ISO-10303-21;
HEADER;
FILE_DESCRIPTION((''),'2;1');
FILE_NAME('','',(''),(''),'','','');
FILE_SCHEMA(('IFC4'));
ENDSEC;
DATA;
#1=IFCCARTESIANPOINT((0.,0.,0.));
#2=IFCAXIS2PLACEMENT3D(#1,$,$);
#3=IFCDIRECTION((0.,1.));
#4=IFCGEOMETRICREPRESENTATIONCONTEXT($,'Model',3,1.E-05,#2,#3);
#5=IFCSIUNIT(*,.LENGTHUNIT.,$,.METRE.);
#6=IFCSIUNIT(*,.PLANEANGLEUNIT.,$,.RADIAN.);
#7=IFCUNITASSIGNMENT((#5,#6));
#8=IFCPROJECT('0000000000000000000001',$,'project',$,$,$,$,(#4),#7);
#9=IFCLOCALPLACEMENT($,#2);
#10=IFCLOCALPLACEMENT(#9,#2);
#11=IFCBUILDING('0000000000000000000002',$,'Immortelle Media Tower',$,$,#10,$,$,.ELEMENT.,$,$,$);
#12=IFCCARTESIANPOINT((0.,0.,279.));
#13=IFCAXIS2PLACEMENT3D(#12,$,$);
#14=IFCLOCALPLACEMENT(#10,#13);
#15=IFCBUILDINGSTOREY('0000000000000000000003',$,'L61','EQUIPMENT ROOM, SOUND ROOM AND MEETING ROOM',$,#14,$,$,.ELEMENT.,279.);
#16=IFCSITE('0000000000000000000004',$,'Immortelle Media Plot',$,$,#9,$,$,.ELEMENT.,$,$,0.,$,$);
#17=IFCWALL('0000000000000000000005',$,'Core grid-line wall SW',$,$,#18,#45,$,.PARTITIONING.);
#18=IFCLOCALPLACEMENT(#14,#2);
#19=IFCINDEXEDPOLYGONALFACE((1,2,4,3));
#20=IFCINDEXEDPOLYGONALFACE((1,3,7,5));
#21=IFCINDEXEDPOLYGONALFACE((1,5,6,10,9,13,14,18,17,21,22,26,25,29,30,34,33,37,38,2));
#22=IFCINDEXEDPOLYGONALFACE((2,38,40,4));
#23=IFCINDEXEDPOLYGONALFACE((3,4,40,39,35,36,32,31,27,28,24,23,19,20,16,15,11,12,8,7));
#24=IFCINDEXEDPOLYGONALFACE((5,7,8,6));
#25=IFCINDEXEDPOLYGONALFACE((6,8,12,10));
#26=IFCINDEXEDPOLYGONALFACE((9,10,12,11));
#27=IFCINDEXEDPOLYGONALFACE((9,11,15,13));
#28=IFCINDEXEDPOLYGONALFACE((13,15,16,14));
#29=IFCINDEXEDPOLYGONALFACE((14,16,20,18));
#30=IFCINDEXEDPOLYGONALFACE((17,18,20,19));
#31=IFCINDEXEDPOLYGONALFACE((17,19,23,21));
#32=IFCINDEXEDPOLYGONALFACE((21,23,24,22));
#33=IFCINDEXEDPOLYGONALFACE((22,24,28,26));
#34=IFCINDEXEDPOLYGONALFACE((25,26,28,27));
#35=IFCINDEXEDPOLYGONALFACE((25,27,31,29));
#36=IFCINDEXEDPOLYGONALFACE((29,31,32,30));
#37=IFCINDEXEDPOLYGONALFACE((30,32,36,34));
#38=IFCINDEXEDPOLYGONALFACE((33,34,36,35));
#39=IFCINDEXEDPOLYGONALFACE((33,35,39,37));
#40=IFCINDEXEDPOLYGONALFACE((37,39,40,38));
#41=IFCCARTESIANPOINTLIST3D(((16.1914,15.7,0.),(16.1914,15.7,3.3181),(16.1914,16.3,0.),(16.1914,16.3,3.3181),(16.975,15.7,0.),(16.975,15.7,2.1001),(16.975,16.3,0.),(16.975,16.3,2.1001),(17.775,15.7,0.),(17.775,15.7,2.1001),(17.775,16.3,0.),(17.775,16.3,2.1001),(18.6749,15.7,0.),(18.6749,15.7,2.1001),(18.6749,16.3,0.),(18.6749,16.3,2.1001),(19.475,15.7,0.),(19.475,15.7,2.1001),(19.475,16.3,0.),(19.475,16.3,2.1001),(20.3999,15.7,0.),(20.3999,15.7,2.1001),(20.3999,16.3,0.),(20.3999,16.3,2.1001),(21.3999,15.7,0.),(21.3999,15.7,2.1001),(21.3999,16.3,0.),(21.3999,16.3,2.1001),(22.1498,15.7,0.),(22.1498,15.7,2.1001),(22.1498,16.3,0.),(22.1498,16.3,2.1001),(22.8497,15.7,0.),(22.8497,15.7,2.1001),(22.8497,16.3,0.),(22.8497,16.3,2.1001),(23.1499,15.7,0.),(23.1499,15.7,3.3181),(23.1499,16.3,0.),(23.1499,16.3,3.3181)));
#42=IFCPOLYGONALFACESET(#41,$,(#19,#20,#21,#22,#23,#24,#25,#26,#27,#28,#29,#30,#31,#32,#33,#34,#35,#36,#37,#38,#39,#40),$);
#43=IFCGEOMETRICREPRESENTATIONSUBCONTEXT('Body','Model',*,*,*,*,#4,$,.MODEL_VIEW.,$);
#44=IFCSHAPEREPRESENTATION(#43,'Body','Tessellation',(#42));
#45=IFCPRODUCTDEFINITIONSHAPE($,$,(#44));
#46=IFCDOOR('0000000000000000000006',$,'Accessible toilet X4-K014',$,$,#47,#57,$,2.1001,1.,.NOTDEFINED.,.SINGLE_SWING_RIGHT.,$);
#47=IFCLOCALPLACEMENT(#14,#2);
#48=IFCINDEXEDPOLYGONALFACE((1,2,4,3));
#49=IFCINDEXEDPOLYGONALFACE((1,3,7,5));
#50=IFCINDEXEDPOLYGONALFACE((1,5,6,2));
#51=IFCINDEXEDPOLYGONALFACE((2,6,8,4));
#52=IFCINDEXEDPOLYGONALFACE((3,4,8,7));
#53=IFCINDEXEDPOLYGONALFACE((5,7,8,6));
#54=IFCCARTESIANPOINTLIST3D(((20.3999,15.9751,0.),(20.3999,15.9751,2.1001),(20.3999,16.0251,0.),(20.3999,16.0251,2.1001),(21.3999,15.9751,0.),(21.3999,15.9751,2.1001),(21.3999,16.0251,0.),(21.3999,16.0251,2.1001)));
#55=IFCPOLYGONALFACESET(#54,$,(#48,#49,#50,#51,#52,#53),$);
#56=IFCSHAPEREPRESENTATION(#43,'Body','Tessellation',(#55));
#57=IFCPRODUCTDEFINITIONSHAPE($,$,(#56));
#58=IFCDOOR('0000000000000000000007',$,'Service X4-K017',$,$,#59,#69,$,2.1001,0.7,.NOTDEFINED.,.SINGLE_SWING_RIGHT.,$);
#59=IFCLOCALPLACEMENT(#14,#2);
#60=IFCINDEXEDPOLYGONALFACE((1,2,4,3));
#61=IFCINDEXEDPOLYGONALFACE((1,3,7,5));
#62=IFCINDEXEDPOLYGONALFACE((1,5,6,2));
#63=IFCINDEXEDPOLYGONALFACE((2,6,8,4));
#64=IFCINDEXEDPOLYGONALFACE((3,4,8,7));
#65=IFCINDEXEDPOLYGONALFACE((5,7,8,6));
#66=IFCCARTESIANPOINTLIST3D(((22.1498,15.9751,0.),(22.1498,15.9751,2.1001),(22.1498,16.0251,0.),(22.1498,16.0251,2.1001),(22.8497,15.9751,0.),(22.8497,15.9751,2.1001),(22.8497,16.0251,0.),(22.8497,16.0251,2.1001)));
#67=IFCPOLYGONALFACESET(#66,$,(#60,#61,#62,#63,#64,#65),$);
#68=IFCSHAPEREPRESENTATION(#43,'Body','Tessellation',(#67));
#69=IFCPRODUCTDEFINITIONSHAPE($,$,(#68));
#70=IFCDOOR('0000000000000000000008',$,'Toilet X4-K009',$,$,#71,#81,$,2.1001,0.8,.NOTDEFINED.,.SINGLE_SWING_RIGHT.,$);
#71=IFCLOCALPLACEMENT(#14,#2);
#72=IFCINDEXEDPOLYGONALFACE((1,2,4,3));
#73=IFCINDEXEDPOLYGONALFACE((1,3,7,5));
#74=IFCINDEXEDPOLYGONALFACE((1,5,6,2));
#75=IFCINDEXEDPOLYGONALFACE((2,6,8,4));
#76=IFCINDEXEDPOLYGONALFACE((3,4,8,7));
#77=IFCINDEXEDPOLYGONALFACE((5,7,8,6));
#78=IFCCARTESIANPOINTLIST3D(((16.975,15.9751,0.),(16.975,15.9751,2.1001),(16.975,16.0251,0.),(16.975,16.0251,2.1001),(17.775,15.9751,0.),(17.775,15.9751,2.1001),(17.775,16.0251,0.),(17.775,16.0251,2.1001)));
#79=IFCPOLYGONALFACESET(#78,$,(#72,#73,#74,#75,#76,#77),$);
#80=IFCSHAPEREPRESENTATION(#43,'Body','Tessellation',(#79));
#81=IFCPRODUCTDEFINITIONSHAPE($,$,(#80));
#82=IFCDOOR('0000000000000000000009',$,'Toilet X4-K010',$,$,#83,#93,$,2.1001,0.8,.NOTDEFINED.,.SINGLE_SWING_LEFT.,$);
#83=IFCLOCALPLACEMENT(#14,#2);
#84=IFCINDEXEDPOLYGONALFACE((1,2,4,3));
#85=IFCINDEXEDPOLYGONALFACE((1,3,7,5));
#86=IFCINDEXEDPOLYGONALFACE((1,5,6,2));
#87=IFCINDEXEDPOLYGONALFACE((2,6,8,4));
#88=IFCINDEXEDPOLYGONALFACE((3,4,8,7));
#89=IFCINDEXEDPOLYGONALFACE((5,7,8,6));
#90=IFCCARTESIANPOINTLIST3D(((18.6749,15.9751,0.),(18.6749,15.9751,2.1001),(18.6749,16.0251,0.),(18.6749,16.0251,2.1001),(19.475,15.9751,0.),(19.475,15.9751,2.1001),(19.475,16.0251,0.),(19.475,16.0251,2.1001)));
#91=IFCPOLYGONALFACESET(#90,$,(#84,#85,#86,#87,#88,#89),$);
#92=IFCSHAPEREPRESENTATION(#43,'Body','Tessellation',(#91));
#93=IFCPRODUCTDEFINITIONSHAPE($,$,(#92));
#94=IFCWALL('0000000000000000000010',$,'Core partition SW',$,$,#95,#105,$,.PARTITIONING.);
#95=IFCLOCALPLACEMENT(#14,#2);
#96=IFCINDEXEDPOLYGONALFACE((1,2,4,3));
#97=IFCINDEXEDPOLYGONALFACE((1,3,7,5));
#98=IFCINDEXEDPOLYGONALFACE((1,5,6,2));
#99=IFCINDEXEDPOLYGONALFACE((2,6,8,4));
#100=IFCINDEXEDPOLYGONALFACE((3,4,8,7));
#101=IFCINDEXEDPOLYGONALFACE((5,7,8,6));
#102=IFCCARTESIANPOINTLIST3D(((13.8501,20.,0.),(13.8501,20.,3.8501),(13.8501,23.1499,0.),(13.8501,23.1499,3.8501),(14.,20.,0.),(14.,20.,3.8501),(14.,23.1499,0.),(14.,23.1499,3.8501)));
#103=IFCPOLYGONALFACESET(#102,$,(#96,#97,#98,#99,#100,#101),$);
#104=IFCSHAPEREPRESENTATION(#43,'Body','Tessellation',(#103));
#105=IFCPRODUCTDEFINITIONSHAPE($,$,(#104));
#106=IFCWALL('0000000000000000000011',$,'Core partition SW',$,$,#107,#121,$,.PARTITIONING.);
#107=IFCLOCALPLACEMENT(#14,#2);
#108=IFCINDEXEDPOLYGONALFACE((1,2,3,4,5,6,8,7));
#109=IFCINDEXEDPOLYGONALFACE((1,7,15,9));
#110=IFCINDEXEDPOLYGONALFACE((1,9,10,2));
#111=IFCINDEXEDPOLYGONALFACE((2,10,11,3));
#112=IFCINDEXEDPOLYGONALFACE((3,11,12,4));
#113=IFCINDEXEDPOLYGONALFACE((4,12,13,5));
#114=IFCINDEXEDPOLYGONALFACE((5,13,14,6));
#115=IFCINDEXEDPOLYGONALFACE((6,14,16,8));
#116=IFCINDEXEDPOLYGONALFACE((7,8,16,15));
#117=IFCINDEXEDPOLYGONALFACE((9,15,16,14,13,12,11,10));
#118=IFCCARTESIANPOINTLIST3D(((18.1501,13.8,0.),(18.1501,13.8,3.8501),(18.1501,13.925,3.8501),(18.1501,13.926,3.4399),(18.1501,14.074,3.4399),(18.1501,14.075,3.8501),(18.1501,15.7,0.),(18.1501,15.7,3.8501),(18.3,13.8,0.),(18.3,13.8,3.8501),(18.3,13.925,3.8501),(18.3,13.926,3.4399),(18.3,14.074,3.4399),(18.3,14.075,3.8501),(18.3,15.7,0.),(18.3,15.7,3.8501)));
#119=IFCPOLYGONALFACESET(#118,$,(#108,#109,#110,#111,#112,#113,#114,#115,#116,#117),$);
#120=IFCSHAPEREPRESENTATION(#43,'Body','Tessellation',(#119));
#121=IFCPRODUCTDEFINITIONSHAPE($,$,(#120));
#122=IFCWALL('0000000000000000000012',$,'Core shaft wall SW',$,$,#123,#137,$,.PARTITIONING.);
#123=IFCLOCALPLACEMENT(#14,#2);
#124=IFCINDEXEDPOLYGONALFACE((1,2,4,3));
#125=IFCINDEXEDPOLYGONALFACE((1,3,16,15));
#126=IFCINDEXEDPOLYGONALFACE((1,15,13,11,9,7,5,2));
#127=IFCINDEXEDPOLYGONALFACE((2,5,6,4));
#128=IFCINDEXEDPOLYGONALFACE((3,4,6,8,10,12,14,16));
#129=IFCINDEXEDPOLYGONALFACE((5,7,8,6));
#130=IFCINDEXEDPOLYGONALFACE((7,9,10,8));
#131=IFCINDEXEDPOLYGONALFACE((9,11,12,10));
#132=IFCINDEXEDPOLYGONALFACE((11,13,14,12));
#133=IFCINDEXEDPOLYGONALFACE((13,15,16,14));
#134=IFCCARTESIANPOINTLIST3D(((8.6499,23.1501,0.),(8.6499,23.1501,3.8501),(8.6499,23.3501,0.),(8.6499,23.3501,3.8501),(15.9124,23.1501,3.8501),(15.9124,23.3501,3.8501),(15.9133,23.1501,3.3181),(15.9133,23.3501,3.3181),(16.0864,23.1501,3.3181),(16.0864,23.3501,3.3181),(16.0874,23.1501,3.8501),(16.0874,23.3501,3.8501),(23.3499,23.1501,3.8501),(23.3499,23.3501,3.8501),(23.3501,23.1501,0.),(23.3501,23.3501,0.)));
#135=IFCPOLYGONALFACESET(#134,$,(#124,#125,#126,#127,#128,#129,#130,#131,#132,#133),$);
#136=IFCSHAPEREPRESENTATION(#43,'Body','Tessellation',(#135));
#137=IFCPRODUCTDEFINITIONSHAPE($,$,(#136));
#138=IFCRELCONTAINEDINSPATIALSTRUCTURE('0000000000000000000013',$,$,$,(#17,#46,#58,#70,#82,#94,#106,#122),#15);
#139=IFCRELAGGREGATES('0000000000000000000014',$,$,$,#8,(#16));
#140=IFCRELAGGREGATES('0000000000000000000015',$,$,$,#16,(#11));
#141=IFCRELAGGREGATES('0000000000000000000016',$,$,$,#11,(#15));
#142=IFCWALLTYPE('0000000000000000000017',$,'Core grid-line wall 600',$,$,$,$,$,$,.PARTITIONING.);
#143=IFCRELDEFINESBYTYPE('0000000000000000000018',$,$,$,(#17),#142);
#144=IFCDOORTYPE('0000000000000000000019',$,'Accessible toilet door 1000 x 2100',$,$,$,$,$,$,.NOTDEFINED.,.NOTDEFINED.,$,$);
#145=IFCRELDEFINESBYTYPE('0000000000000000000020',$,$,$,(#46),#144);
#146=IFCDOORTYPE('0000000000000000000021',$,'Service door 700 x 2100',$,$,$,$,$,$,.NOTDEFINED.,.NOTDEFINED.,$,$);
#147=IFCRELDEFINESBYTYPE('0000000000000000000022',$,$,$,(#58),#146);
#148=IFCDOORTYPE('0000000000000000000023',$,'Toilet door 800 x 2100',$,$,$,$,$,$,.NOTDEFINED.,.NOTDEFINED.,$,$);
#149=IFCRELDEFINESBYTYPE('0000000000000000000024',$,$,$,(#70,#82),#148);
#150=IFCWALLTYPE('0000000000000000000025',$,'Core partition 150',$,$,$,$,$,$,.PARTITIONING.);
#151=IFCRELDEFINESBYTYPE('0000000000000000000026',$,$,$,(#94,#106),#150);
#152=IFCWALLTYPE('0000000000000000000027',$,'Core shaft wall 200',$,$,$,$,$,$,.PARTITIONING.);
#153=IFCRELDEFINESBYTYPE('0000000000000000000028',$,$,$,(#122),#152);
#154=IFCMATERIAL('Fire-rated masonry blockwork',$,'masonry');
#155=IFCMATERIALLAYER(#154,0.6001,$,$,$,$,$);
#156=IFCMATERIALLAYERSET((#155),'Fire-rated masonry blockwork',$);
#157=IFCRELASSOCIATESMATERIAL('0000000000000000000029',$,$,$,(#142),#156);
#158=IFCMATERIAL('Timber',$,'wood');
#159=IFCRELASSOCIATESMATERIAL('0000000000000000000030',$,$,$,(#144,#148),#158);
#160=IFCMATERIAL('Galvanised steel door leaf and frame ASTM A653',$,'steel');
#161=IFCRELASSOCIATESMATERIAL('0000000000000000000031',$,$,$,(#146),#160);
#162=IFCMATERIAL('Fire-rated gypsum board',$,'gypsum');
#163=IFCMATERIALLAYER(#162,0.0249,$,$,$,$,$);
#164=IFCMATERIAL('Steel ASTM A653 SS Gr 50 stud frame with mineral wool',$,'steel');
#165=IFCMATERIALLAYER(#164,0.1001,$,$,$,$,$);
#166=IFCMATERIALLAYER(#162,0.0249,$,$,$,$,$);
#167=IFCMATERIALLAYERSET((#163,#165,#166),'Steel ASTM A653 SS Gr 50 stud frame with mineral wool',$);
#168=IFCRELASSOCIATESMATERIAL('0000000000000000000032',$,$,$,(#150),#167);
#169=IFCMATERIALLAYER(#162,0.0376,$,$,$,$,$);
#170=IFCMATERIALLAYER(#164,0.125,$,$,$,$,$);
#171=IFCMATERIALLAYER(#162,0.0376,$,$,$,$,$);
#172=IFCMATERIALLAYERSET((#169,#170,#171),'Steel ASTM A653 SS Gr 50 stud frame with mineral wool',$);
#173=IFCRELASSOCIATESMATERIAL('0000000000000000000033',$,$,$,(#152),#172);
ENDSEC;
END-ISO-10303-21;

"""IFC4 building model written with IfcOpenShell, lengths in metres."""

from ifc_helpers import new_model, si_unit, direction, frame, frame_2d, origin, place, context, subcontext, project, spatial, polyline, rectangle, outline, extrude, material, layer, layer_set, type_object, element, fill, save


model = new_model("IFC4")

# Units and contexts
model_context = context("Model", 3, precision=1e-05, world=origin(), true_north=direction((0.0, 1.0)))
body_context = subcontext(model_context, "Body", "Model", "MODEL_VIEW")
ifc_project = project(units=[si_unit("LENGTHUNIT", "METRE"), si_unit("PLANEANGLEUNIT", "RADIAN")], contexts=[model_context])

# Site, building, storey
site_placement = place(None, origin())
site = spatial("IfcSite", under=ifc_project, at=site_placement, Name="Immortelle Media Plot", CompositionType="ELEMENT", RefElevation=0.0)
building_placement = place(site_placement, origin())
building = spatial("IfcBuilding", under=site, at=building_placement, Name="Immortelle Media Tower", CompositionType="ELEMENT")
storey_placement = place(building_placement, frame((0.0, 0.0, 279.0)))
storey = spatial("IfcBuildingStorey", under=building, at=storey_placement, Name="L61", Description="EQUIPMENT ROOM, SOUND ROOM AND MEETING ROOM", CompositionType="ELEMENT", Elevation=279.0)

# Wall, openings, doors
ifc_material_1 = material(Name="Fire-rated masonry blockwork", Category="masonry")
ifc_layer_1 = layer(ifc_material_1, 0.6001)
ifc_layer_set_1 = layer_set([ifc_layer_1], Name="Fire-rated masonry blockwork")
wall_type_1 = type_object("IfcWallType", Name="Core grid-line wall 600", PredefinedType="PARTITIONING", material=ifc_layer_set_1)
wall_1_placement = place(storey_placement, frame((16.1914, 16.0, 0.0), z_axis=(0.0, 0.0, 1.0), x_axis=(1.0, 0.0, 0.0)))
wall_1 = element("IfcWall", 1, at=wall_1_placement, inside=storey, type_object=wall_type_1, Name="Core grid-line wall SW", PredefinedType="PARTITIONING", context=body_context, shape_type="SweptSolid", body=[
    extrude(rectangle(XDim=6.9585, YDim=0.6001, at=frame_2d((3.4792, 0.0))), origin(), (0.0, 0.0, 1.0), 3.3181),
])
opening_1_placement = place(wall_1_placement, frame((1.5835, 0.0, 0.0), z_axis=(0.0, 0.0, 1.0), x_axis=(-1.0, 0.0, 0.0)))
opening_1 = element("IfcOpeningElement", 2, at=opening_1_placement, cuts=wall_1, PredefinedType="OPENING", context=body_context, shape_type="SweptSolid", body=[
    extrude(rectangle(XDim=0.8, YDim=2.1001, at=frame_2d((0.3999, 1.05))), frame((0.0, 0.3101, 0.0), z_axis=(0.0, -1.0, 0.0), x_axis=(1.0, 0.0, 0.0)), (0.0, 0.0, 1.0), 0.6201),
])
opening_2_placement = place(wall_1_placement, frame((3.2834, 0.0, 0.0), z_axis=(0.0, 0.0, 1.0), x_axis=(-1.0, 0.0, 0.0)))
opening_2 = element("IfcOpeningElement", 3, at=opening_2_placement, cuts=wall_1, PredefinedType="OPENING", context=body_context, shape_type="SweptSolid", body=[
    extrude(rectangle(XDim=0.8, YDim=2.1001, at=frame_2d((0.3999, 1.05))), frame((0.0, 0.3101, 0.0), z_axis=(0.0, -1.0, 0.0), x_axis=(1.0, 0.0, 0.0)), (0.0, 0.0, 1.0), 0.6201),
])
opening_3_placement = place(wall_1_placement, frame((5.2085, 0.0, 0.0), z_axis=(0.0, 0.0, 1.0), x_axis=(-1.0, 0.0, 0.0)))
opening_3 = element("IfcOpeningElement", 4, at=opening_3_placement, cuts=wall_1, PredefinedType="OPENING", context=body_context, shape_type="SweptSolid", body=[
    extrude(rectangle(XDim=1.0, YDim=2.1001, at=frame_2d((0.5, 1.05))), frame((0.0, 0.3101, 0.0), z_axis=(0.0, -1.0, 0.0), x_axis=(1.0, 0.0, 0.0)), (0.0, 0.0, 1.0), 0.6201),
])
opening_4_placement = place(wall_1_placement, frame((6.6584, 0.0, 0.0), z_axis=(0.0, 0.0, 1.0), x_axis=(-1.0, 0.0, 0.0)))
opening_4 = element("IfcOpeningElement", 5, at=opening_4_placement, cuts=wall_1, PredefinedType="OPENING", context=body_context, shape_type="SweptSolid", body=[
    extrude(rectangle(XDim=0.7, YDim=2.1001, at=frame_2d((0.3501, 1.05))), frame((0.0, 0.3101, 0.0), z_axis=(0.0, -1.0, 0.0), x_axis=(1.0, 0.0, 0.0)), (0.0, 0.0, 1.0), 0.6201),
])
ifc_material_2 = material(Name="Timber", Category="wood")
door_type_1 = type_object("IfcDoorType", Name="Accessible toilet door 1000 x 2100", OperationType="NOTDEFINED", PredefinedType="NOTDEFINED", material=ifc_material_2)
door_1_placement = place(opening_3_placement, origin())
door_1 = element("IfcDoor", 6, at=door_1_placement, inside=storey, type_object=door_type_1, Name="Accessible toilet X4-K014", OperationType="SINGLE_SWING_RIGHT", OverallHeight=2.1001, OverallWidth=1.0, PredefinedType="NOTDEFINED", context=body_context, shape_type="SweptSolid", body=[
    extrude(rectangle(XDim=1.0, YDim=2.1001, at=frame_2d((0.5, 1.05))), frame((0.0, 0.0249, 0.0), z_axis=(0.0, -1.0, 0.0), x_axis=(1.0, 0.0, 0.0)), (0.0, 0.0, 1.0), 0.05),
])
fill(opening_3, door_1)
ifc_material_3 = material(Name="Galvanised steel door leaf and frame ASTM A653", Category="steel")
door_type_2 = type_object("IfcDoorType", Name="Service door 700 x 2100", OperationType="NOTDEFINED", PredefinedType="NOTDEFINED", material=ifc_material_3)
door_2_placement = place(opening_4_placement, origin())
door_2 = element("IfcDoor", 7, at=door_2_placement, inside=storey, type_object=door_type_2, Name="Service X4-K017", OperationType="SINGLE_SWING_RIGHT", OverallHeight=2.1001, OverallWidth=0.7, PredefinedType="NOTDEFINED", context=body_context, shape_type="SweptSolid", body=[
    extrude(rectangle(XDim=0.7, YDim=2.1001, at=frame_2d((0.3501, 1.05))), frame((0.0, 0.0249, 0.0), z_axis=(0.0, -1.0, 0.0), x_axis=(1.0, 0.0, 0.0)), (0.0, 0.0, 1.0), 0.05),
])
fill(opening_4, door_2)
door_type_3 = type_object("IfcDoorType", Name="Toilet door 800 x 2100", OperationType="NOTDEFINED", PredefinedType="NOTDEFINED", material=ifc_material_2)
door_3_placement = place(opening_1_placement, origin())
door_3 = element("IfcDoor", 8, at=door_3_placement, inside=storey, type_object=door_type_3, Name="Toilet X4-K009", OperationType="SINGLE_SWING_RIGHT", OverallHeight=2.1001, OverallWidth=0.8, PredefinedType="NOTDEFINED", context=body_context, shape_type="SweptSolid", body=[
    extrude(rectangle(XDim=0.8, YDim=2.1001, at=frame_2d((0.3999, 1.05))), frame((0.0, 0.0249, 0.0), z_axis=(0.0, -1.0, 0.0), x_axis=(1.0, 0.0, 0.0)), (0.0, 0.0, 1.0), 0.05),
])
fill(opening_1, door_3)
door_4_placement = place(opening_2_placement, origin())
door_4 = element("IfcDoor", 9, at=door_4_placement, inside=storey, type_object=door_type_3, Name="Toilet X4-K010", OperationType="SINGLE_SWING_LEFT", OverallHeight=2.1001, OverallWidth=0.8, PredefinedType="NOTDEFINED", context=body_context, shape_type="SweptSolid", body=[
    extrude(rectangle(XDim=0.8, YDim=2.1001, at=frame_2d((0.3999, 1.05))), frame((0.0, 0.0249, 0.0), z_axis=(0.0, -1.0, 0.0), x_axis=(1.0, 0.0, 0.0)), (0.0, 0.0, 1.0), 0.05),
])
fill(opening_2, door_4)

# Walls
ifc_material_4 = material(Name="Fire-rated gypsum board", Category="gypsum")
ifc_layer_2 = layer(ifc_material_4, 0.0249)
ifc_material_5 = material(Name="Steel ASTM A653 SS Gr 50 stud frame with mineral wool", Category="steel")
ifc_layer_3 = layer(ifc_material_5, 0.1001)
ifc_layer_4 = layer(ifc_material_4, 0.0249)
ifc_layer_set_2 = layer_set([ifc_layer_2, ifc_layer_3, ifc_layer_4], Name="Steel ASTM A653 SS Gr 50 stud frame with mineral wool")
wall_type_2 = type_object("IfcWallType", Name="Core partition 150", PredefinedType="PARTITIONING", material=ifc_layer_set_2)
wall_2_placement = place(storey_placement, frame((13.925, 20.0, 0.0), z_axis=(0.0, 0.0, 1.0), x_axis=(0.0, 1.0, 0.0)))
element("IfcWall", 10, at=wall_2_placement, inside=storey, type_object=wall_type_2, Name="Core partition SW", PredefinedType="PARTITIONING", context=body_context, shape_type="SweptSolid", body=[
    extrude(rectangle(XDim=3.1499, YDim=0.1499, at=frame_2d((1.575, 0.0))), origin(), (0.0, 0.0, 1.0), 3.8501),
])
wall_3_placement = place(storey_placement, frame((18.2251, 13.8, 0.0), z_axis=(0.0, 0.0, 1.0), x_axis=(0.0, 1.0, 0.0)))
element("IfcWall", 11, at=wall_3_placement, inside=storey, type_object=wall_type_2, Name="Core partition SW", PredefinedType="PARTITIONING", context=body_context, shape_type="SweptSolid", body=[
    extrude(outline(polyline([(0.0, 0.0), (1.8999, 0.0), (1.8999, 3.8501), (0.2749, 3.8501), (0.2739, 3.4399), (0.126, 3.4399), (0.125, 3.8501), (0.0, 3.8501), (0.0, 0.0)])), frame((0.0, 0.075, 0.0), z_axis=(0.0, -1.0, 0.0), x_axis=(1.0, 0.0, 0.0)), (0.0, 0.0, 1.0), 0.1499),
])
ifc_layer_5 = layer(ifc_material_4, 0.0376)
ifc_layer_6 = layer(ifc_material_5, 0.125)
ifc_layer_7 = layer(ifc_material_4, 0.0376)
ifc_layer_set_3 = layer_set([ifc_layer_5, ifc_layer_6, ifc_layer_7], Name="Steel ASTM A653 SS Gr 50 stud frame with mineral wool")
wall_type_3 = type_object("IfcWallType", Name="Core shaft wall 200", PredefinedType="PARTITIONING", material=ifc_layer_set_3)
wall_4_placement = place(storey_placement, frame((8.6499, 23.25, 0.0), z_axis=(0.0, 0.0, 1.0), x_axis=(1.0, 0.0, 0.0)))
element("IfcWall", 12, at=wall_4_placement, inside=storey, type_object=wall_type_3, Name="Core shaft wall SW", PredefinedType="PARTITIONING", context=body_context, shape_type="SweptSolid", body=[
    extrude(outline(polyline([(0.0, 0.0), (14.7002, 0.0), (14.7, 3.8501), (7.4375, 3.8501), (7.4365, 3.3181), (7.2634, 3.3181), (7.2625, 3.8501), (0.0, 3.8501), (0.0, 0.0)])), frame((0.0, 0.1001, 0.0), z_axis=(0.0, -1.0, 0.0), x_axis=(1.0, 0.0, 0.0)), (0.0, 0.0, 1.0), 0.2),
])

save(model, "model.ifc")
